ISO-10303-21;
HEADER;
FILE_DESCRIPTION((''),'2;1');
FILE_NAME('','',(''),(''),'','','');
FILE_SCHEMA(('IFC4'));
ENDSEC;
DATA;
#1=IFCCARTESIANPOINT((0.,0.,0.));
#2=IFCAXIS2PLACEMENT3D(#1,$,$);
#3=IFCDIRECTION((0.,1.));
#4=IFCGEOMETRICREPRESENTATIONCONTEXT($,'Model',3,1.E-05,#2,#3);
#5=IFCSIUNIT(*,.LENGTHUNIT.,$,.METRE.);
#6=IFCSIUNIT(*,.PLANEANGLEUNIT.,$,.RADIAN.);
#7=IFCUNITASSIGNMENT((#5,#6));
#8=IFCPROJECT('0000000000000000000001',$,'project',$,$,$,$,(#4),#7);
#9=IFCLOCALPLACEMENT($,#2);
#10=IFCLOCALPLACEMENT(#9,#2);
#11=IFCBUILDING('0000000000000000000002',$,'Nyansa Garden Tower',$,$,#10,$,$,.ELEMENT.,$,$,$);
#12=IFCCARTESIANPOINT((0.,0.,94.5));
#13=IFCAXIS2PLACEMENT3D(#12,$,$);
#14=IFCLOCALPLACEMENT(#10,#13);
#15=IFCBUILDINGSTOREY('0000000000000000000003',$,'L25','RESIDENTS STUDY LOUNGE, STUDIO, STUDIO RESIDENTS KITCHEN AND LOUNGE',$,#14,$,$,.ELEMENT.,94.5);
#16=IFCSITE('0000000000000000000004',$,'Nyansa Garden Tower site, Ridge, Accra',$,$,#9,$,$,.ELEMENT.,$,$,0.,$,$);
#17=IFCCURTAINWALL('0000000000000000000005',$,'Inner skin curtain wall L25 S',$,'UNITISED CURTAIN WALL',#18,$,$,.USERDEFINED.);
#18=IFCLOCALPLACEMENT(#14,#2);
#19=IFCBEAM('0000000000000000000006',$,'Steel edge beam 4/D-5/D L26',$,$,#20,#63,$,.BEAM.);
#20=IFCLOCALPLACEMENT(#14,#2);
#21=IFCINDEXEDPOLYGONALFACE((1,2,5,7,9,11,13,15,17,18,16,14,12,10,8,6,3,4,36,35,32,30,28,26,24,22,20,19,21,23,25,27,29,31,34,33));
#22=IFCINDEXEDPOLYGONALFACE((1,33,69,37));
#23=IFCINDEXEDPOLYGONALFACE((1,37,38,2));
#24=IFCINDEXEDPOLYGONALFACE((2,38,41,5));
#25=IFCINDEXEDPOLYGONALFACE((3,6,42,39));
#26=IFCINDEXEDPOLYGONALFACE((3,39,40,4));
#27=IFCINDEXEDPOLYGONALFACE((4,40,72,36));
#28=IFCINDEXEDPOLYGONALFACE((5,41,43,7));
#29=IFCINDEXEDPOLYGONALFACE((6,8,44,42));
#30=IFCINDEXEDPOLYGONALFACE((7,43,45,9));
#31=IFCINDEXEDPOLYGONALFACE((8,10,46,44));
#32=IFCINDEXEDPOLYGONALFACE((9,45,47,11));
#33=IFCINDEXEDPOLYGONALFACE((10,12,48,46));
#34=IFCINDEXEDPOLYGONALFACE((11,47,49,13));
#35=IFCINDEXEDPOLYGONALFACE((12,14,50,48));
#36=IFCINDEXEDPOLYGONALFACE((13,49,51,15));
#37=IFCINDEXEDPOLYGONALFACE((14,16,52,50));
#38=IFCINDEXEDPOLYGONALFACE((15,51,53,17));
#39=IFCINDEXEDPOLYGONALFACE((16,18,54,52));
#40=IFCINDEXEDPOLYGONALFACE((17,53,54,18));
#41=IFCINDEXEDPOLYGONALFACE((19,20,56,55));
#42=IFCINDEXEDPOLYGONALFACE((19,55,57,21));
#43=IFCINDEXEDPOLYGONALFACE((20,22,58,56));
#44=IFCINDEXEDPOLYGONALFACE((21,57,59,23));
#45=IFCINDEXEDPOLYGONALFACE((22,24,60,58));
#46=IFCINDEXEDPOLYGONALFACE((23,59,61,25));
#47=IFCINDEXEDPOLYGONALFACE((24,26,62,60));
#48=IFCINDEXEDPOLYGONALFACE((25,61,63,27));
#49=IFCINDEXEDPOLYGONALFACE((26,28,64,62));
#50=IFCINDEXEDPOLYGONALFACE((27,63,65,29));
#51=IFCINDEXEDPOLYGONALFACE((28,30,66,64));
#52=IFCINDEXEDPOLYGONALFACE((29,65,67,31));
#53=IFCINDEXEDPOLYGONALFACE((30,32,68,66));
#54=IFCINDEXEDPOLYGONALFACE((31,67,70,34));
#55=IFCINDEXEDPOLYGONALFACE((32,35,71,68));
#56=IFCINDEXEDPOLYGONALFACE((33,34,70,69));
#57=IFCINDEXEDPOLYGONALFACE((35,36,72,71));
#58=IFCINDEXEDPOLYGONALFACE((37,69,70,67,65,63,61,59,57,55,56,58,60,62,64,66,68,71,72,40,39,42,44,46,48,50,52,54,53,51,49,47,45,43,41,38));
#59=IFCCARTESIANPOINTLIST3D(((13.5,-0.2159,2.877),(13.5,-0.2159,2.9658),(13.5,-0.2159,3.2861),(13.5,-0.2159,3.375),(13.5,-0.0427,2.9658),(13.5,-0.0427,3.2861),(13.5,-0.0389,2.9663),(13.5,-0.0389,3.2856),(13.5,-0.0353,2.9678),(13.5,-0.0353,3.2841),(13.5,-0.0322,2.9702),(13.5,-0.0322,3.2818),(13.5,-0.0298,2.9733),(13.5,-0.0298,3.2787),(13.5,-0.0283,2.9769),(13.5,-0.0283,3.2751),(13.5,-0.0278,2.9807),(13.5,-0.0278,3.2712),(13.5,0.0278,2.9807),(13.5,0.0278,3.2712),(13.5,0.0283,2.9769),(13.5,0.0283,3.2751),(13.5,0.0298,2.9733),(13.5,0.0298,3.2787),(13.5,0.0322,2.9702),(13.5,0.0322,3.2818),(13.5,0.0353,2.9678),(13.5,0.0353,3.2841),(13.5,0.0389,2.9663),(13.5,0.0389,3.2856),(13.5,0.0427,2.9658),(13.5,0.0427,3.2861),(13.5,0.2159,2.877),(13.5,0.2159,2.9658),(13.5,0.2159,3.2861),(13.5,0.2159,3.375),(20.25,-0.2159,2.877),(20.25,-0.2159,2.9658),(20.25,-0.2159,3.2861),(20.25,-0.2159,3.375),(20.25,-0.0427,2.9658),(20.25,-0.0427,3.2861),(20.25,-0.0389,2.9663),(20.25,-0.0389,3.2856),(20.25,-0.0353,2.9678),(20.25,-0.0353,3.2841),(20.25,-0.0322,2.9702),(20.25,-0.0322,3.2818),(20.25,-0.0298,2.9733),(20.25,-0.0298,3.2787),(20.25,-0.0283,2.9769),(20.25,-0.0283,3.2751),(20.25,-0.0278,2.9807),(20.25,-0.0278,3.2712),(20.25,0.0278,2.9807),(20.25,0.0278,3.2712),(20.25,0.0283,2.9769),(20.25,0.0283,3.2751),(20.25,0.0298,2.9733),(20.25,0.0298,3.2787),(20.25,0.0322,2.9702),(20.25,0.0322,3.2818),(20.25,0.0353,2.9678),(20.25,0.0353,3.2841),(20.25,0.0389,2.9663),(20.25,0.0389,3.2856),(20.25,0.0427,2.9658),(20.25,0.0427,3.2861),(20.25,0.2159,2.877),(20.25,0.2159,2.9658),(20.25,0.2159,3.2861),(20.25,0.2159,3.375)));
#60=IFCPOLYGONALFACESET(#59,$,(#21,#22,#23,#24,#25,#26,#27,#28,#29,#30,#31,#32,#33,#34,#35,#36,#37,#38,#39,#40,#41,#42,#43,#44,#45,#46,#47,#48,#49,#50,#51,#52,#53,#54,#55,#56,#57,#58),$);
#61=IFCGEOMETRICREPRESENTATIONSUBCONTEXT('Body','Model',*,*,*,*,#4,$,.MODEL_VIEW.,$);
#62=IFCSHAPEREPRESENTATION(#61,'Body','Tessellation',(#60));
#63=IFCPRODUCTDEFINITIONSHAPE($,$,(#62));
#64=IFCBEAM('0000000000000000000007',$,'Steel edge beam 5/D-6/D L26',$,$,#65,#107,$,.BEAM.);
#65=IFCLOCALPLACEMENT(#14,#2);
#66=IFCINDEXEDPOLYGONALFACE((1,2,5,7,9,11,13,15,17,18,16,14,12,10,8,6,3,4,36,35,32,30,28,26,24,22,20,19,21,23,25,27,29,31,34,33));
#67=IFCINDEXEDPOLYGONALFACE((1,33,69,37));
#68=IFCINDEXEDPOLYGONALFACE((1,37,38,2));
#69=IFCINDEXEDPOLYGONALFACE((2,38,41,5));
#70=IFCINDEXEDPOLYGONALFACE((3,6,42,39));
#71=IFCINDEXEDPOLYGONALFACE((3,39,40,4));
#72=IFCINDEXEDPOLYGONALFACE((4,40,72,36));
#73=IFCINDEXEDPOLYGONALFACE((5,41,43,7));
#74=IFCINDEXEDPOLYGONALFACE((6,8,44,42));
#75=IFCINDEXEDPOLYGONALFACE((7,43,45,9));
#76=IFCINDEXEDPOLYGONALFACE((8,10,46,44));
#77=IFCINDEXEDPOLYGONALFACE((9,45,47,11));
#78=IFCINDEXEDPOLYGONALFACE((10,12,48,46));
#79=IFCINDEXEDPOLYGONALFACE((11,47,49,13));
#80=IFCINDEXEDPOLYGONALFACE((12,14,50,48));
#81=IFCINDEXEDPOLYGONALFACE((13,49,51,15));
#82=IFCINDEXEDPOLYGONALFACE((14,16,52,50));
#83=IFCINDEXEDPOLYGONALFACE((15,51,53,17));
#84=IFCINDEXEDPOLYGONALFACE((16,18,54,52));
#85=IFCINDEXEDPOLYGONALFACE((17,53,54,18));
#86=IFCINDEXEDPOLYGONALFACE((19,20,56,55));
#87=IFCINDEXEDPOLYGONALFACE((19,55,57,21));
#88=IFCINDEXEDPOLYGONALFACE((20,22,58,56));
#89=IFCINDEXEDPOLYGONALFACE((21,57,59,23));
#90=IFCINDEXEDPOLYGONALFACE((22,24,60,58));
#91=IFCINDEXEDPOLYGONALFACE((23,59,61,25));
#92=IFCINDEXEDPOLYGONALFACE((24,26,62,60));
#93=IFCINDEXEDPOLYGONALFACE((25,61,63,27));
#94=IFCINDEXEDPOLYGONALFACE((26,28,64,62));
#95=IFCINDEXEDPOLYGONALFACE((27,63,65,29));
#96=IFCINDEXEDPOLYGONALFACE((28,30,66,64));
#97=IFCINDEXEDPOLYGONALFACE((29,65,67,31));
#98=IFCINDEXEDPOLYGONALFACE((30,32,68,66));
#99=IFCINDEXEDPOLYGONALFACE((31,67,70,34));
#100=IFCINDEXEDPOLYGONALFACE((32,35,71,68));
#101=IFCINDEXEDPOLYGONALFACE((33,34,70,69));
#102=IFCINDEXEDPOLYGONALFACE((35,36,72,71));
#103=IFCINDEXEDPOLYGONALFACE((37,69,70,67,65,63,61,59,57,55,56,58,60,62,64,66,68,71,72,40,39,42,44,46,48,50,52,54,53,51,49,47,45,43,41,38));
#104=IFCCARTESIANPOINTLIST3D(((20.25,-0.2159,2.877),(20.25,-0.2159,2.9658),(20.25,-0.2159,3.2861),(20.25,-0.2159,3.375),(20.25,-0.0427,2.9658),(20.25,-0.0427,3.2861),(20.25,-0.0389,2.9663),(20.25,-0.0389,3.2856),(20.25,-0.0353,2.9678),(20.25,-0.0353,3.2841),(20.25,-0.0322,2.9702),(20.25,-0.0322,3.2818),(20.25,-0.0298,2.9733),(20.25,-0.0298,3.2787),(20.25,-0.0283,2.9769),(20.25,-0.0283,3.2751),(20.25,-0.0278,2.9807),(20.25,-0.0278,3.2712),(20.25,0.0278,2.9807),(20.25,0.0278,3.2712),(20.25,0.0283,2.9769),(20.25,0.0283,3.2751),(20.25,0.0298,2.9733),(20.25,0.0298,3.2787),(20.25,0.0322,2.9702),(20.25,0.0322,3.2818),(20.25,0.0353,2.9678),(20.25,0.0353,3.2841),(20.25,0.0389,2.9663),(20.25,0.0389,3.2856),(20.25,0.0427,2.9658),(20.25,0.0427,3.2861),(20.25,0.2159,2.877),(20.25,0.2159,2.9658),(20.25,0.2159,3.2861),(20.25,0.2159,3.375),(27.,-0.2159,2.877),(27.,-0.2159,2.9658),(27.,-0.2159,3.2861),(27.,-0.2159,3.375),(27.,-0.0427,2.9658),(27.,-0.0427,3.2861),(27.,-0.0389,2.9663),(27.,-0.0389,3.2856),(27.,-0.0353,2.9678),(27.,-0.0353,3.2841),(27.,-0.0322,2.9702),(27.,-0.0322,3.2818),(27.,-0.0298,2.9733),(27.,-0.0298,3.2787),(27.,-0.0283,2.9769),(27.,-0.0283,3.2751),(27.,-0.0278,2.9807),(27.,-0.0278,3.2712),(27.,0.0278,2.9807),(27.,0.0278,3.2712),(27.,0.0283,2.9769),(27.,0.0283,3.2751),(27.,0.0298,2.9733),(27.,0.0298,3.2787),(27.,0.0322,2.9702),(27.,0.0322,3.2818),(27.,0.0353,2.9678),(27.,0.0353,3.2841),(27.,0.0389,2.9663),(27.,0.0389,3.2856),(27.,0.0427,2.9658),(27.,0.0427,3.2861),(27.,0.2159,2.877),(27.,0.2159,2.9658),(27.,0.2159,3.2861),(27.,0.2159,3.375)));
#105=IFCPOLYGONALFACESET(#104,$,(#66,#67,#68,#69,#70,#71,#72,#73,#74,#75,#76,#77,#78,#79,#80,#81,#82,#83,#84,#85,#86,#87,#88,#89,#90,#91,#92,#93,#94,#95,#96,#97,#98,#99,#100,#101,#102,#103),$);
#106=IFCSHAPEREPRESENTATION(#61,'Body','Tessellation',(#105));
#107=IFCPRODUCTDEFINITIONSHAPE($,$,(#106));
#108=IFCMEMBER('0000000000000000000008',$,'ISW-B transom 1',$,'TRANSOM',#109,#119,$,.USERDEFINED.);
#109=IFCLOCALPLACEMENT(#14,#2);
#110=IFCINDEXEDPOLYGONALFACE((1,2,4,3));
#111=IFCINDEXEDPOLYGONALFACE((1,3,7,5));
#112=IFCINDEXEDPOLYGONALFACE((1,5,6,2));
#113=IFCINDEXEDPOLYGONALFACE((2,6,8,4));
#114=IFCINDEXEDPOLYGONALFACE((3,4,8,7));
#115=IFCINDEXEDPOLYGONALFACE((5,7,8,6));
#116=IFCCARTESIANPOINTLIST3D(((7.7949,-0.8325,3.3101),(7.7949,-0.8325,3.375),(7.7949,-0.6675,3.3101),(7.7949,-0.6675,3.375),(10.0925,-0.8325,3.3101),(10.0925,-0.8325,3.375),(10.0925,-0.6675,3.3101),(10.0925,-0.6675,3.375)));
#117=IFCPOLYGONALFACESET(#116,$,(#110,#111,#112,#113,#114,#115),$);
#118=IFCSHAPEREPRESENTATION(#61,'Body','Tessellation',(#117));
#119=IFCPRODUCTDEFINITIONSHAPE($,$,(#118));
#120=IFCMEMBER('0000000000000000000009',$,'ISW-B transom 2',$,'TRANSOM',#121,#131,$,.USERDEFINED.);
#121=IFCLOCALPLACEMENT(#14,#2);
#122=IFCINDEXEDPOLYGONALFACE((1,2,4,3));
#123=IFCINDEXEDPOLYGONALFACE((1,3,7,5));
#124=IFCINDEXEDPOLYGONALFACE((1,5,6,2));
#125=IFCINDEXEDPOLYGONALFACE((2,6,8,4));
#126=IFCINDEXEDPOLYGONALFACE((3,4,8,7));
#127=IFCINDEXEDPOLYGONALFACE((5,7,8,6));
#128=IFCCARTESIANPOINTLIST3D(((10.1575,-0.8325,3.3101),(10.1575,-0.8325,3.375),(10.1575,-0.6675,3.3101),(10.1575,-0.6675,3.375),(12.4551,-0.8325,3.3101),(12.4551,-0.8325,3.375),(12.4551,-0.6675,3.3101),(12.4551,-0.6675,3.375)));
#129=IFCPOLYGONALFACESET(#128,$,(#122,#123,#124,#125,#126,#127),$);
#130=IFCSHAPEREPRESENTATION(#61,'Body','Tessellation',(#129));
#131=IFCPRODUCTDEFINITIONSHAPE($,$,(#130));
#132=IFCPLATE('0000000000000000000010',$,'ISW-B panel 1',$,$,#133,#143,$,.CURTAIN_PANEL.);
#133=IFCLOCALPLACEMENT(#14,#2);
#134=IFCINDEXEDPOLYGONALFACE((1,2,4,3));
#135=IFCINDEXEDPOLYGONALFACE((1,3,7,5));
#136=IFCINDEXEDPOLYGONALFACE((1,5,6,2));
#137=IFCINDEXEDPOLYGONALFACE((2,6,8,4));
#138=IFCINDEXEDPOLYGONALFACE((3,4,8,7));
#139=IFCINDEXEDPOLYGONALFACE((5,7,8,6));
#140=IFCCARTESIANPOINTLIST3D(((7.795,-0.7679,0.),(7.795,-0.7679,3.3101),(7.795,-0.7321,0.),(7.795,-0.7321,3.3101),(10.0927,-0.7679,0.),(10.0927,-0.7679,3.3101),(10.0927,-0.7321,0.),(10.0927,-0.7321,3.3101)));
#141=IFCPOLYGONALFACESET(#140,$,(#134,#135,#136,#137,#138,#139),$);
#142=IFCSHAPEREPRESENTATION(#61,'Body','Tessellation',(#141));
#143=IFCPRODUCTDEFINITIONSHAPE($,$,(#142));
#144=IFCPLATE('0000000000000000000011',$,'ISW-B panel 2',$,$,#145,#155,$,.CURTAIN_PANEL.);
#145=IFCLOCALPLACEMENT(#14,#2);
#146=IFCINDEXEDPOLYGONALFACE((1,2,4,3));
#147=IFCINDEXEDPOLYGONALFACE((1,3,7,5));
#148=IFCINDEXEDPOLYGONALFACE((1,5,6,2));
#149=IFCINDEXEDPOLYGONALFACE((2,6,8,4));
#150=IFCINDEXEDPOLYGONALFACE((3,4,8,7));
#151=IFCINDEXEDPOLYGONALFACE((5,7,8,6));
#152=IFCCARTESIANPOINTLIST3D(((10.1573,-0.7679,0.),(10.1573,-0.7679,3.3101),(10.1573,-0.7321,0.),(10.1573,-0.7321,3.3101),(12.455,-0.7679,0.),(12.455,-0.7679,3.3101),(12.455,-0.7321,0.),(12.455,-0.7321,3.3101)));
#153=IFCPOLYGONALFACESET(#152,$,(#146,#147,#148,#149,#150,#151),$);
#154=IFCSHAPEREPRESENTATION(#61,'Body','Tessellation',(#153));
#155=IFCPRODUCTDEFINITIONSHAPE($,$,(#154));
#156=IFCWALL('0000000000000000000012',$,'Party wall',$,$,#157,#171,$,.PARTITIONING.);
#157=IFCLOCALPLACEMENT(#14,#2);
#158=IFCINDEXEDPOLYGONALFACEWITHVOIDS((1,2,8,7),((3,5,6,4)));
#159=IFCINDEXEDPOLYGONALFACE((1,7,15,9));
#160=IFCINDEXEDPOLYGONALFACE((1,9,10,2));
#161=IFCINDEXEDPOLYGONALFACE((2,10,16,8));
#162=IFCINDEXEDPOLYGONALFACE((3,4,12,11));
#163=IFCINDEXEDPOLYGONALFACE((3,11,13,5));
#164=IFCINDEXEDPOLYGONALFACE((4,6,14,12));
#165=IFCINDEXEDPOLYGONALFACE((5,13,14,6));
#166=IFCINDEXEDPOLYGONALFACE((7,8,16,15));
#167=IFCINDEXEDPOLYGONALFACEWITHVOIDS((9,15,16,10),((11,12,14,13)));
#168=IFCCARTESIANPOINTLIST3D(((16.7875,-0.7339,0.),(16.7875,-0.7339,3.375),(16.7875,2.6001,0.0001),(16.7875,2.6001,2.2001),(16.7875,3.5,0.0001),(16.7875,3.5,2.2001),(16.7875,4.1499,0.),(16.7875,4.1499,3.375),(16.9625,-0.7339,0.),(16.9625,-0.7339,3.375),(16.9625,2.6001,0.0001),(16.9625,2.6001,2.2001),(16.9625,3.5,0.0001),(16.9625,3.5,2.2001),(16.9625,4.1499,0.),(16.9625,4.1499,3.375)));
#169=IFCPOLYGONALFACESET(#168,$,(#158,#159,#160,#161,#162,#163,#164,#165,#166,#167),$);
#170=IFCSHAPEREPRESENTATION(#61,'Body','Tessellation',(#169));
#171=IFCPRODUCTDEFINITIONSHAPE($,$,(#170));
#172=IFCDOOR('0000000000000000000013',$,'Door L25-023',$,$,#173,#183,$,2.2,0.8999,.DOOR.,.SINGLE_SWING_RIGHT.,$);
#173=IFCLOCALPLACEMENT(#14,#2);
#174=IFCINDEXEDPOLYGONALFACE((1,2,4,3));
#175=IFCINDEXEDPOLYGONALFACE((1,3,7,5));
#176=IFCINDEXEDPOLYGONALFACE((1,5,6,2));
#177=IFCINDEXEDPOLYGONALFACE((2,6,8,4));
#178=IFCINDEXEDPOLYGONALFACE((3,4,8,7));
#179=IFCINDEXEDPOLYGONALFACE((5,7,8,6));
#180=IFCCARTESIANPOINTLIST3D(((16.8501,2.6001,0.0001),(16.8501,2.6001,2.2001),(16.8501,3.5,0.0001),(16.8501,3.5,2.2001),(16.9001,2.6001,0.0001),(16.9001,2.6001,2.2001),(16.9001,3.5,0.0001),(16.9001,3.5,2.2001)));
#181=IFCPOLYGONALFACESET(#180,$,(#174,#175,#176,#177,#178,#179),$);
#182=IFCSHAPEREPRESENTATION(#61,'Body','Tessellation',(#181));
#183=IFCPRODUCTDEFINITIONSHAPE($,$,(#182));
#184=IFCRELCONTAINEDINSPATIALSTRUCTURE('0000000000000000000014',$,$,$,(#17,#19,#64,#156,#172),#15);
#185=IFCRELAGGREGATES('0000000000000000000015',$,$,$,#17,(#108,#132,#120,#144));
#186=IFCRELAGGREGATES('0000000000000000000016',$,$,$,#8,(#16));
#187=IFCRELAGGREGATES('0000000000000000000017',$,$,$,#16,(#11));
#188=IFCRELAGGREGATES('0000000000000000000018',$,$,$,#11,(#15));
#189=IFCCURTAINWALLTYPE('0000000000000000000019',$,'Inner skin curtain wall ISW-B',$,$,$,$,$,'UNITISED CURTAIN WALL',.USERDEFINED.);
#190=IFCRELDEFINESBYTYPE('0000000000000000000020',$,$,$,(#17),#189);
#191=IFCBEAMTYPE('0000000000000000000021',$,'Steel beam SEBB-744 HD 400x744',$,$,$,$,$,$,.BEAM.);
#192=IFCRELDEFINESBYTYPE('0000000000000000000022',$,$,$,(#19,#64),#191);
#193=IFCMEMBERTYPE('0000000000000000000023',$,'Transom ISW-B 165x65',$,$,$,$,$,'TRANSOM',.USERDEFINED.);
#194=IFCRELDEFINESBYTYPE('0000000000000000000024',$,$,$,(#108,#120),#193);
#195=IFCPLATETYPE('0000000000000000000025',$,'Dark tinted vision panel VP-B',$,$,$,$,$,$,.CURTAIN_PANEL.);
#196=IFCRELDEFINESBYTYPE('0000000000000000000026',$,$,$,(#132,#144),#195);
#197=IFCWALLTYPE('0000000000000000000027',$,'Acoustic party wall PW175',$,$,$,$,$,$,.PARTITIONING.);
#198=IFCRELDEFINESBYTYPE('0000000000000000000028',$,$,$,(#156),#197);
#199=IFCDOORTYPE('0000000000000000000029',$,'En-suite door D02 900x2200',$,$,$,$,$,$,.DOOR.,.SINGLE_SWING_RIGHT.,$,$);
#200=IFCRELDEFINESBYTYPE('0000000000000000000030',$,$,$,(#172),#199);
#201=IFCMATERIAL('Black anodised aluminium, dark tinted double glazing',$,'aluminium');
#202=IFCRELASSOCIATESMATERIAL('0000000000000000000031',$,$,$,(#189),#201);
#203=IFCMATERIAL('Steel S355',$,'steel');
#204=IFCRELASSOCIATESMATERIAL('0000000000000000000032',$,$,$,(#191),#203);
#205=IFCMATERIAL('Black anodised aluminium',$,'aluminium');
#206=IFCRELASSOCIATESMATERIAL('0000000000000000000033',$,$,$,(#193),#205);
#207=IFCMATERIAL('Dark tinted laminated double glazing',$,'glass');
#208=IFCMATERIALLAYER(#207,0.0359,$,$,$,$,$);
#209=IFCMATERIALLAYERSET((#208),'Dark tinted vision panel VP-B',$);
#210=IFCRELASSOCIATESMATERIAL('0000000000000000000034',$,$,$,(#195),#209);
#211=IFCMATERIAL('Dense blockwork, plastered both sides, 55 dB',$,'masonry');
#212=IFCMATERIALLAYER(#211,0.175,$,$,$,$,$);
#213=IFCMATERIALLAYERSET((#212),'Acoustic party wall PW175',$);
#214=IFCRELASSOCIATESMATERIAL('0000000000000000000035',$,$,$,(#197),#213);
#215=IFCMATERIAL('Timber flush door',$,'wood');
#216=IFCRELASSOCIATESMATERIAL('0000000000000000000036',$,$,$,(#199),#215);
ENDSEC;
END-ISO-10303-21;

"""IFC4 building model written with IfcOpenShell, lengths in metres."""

from ifc_helpers import new_model, si_unit, direction, frame, frame_2d, origin, origin_2d, place, context, subcontext, project, spatial, rectangle, i_section, extrude, material, layer, layer_set, material_profile, profile_set, type_object, element, fill, aggregate, save


model = new_model("IFC4")

# Units and contexts
model_context = context("Model", 3, precision=1e-05, world=origin(), true_north=direction((0.0, 1.0)))
body_context = subcontext(model_context, "Body", "Model", "MODEL_VIEW")
ifc_project = project(units=[si_unit("LENGTHUNIT", "METRE"), si_unit("PLANEANGLEUNIT", "RADIAN")], contexts=[model_context])

# Site, building, storey
site_placement = place(None, origin())
site = spatial("IfcSite", under=ifc_project, at=site_placement, Name="Nyansa Garden Tower site, Ridge, Accra", CompositionType="ELEMENT", RefElevation=0.0)
building_placement = place(site_placement, origin())
building = spatial("IfcBuilding", under=site, at=building_placement, Name="Nyansa Garden Tower", CompositionType="ELEMENT")
storey_placement = place(building_placement, frame((0.0, 0.0, 94.5)))
storey = spatial("IfcBuildingStorey", under=building, at=storey_placement, Name="L25", Description="RESIDENTS STUDY LOUNGE, STUDIO, STUDIO RESIDENTS KITCHEN AND LOUNGE", CompositionType="ELEMENT", Elevation=94.5)

# Curtain wall
ifc_material_1 = material(Name="Black anodised aluminium, dark tinted double glazing", Category="aluminium")
curtain_wall_type = type_object("IfcCurtainWallType", Name="Inner skin curtain wall ISW-B", ElementType="UNITISED CURTAIN WALL", PredefinedType="USERDEFINED", material=ifc_material_1)
curtain_wall_placement = place(storey_placement, origin())
curtain_wall = element("IfcCurtainWall", 1, at=curtain_wall_placement, inside=storey, type_object=curtain_wall_type, Name="Inner skin curtain wall L25 S", ObjectType="UNITISED CURTAIN WALL", PredefinedType="USERDEFINED")

# Beams
ifc_material_2 = material(Name="Steel S355", Category="steel")
ifc_material_profile_1 = material_profile(ifc_material_2, i_section(OverallWidth=0.4319, OverallDepth=0.498, WebThickness=0.0557, FlangeThickness=0.0889, FilletRadius=0.0149, at=origin_2d()), Name="HD 400x744")
ifc_profile_set_1 = profile_set([ifc_material_profile_1], Name="Steel S355")
beam_type_1 = type_object("IfcBeamType", Name="Steel beam SEBB-744 HD 400x744", PredefinedType="BEAM", material=ifc_profile_set_1)
for number, where, z_axis, x_axis, name in (
    (2, (13.5, 0.0, 3.126), (1.0, 0.0, 0.0), (0.0, 1.0, 0.0), "Steel edge beam 4/D-5/D L26"),
    (3, (20.25, 0.0, 3.126), (1.0, 0.0, 0.0), (0.0, 1.0, 0.0), "Steel edge beam 5/D-6/D L26"),
):
    element("IfcBeam", number, at=place(storey_placement, frame(where, z_axis=z_axis, x_axis=x_axis)), inside=storey, type_object=beam_type_1, Name=name, PredefinedType="BEAM", context=body_context, shape_type="SweptSolid", body=[
        extrude(i_section(OverallWidth=0.4319, OverallDepth=0.498, WebThickness=0.0557, FlangeThickness=0.0889, FilletRadius=0.0149, at=origin_2d()), origin(), (0.0, 0.0, 1.0), 6.75),
    ])

# Members
ifc_material_3 = material(Name="Black anodised aluminium", Category="aluminium")
ifc_material_profile_2 = material_profile(ifc_material_3, rectangle(XDim=0.165, YDim=0.0649, at=origin_2d()), Name="Transom 165x65")
ifc_profile_set_2 = profile_set([ifc_material_profile_2], Name="Black anodised aluminium")
member_type_1 = type_object("IfcMemberType", Name="Transom ISW-B 165x65", ElementType="TRANSOM", PredefinedType="USERDEFINED", material=ifc_profile_set_2)
member_1_placement = place(storey_placement, frame((7.7949, -0.75, 3.3425), z_axis=(1.0, 0.0, 0.0), x_axis=(0.0, 1.0, 0.0)))
member_1 = element("IfcMember", 4, at=member_1_placement, type_object=member_type_1, Name="ISW-B transom 1", ObjectType="TRANSOM", PredefinedType="USERDEFINED", context=body_context, shape_type="SweptSolid", body=[
    extrude(rectangle(XDim=0.165, YDim=0.0649, at=origin_2d()), origin(), (0.0, 0.0, 1.0), 2.2976),
])
member_2_placement = place(storey_placement, frame((10.1575, -0.75, 3.3425), z_axis=(1.0, 0.0, 0.0), x_axis=(0.0, 1.0, 0.0)))
member_2 = element("IfcMember", 5, at=member_2_placement, type_object=member_type_1, Name="ISW-B transom 2", ObjectType="TRANSOM", PredefinedType="USERDEFINED", context=body_context, shape_type="SweptSolid", body=[
    extrude(rectangle(XDim=0.165, YDim=0.0649, at=origin_2d()), origin(), (0.0, 0.0, 1.0), 2.2976),
])

# Plates
ifc_material_4 = material(Name="Dark tinted laminated double glazing", Category="glass")
ifc_layer_1 = layer(ifc_material_4, 0.0359)
ifc_layer_set_1 = layer_set([ifc_layer_1], Name="Dark tinted vision panel VP-B")
plate_type = type_object("IfcPlateType", Name="Dark tinted vision panel VP-B", PredefinedType="CURTAIN_PANEL", material=ifc_layer_set_1)
plate_1_placement = place(storey_placement, frame((8.9438, -0.75, 0.0), z_axis=(0.0, 0.0, 1.0), x_axis=(1.0, 0.0, 0.0)))
plate_1 = element("IfcPlate", 6, at=plate_1_placement, type_object=plate_type, Name="ISW-B panel 1", PredefinedType="CURTAIN_PANEL", context=body_context, shape_type="SweptSolid", body=[
    extrude(rectangle(XDim=2.2976, YDim=0.0359, at=origin_2d()), origin(), (0.0, 0.0, 1.0), 3.3101),
])
plate_2_placement = place(storey_placement, frame((11.3062, -0.75, 0.0), z_axis=(0.0, 0.0, 1.0), x_axis=(1.0, 0.0, 0.0)))
plate_2 = element("IfcPlate", 7, at=plate_2_placement, type_object=plate_type, Name="ISW-B panel 2", PredefinedType="CURTAIN_PANEL", context=body_context, shape_type="SweptSolid", body=[
    extrude(rectangle(XDim=2.2976, YDim=0.0359, at=origin_2d()), origin(), (0.0, 0.0, 1.0), 3.3101),
])
aggregate(curtain_wall, [member_1, plate_1, member_2, plate_2])

# Wall, opening, door
ifc_material_5 = material(Name="Dense blockwork, plastered both sides, 55 dB", Category="masonry")
ifc_layer_2 = layer(ifc_material_5, 0.175)
ifc_layer_set_2 = layer_set([ifc_layer_2], Name="Acoustic party wall PW175")
wall_type_1 = type_object("IfcWallType", Name="Acoustic party wall PW175", PredefinedType="PARTITIONING", material=ifc_layer_set_2)
wall_1_placement = place(storey_placement, frame((16.875, -0.7339, 0.0), z_axis=(0.0, 0.0, 1.0), x_axis=(0.0, 1.0, 0.0)))
wall_1 = element("IfcWall", 8, at=wall_1_placement, inside=storey, type_object=wall_type_1, Name="Party wall", PredefinedType="PARTITIONING", context=body_context, shape_type="SweptSolid", body=[
    extrude(rectangle(XDim=4.8838, YDim=0.175, at=frame_2d((2.4419, 0.0))), origin(), (0.0, 0.0, 1.0), 3.375),
])
opening_1_placement = place(wall_1_placement, frame((3.334, 0.0, 0.0)))
opening_1 = element("IfcOpeningElement", 9, at=opening_1_placement, cuts=wall_1, PredefinedType="OPENING", context=body_context, shape_type="SweptSolid", body=[
    extrude(rectangle(XDim=0.8999, YDim=2.2, at=frame_2d((0.45, 1.1001))), frame((0.0, 0.0974, 0.0), z_axis=(0.0, -1.0, 0.0), x_axis=(1.0, 0.0, 0.0)), (0.0, 0.0, 1.0), 0.1951),
])
ifc_material_6 = material(Name="Timber flush door", Category="wood")
door_type_1 = type_object("IfcDoorType", Name="En-suite door D02 900x2200", OperationType="SINGLE_SWING_RIGHT", PredefinedType="DOOR", material=ifc_material_6)
door_1_placement = place(opening_1_placement, origin())
door_1 = element("IfcDoor", 10, at=door_1_placement, inside=storey, type_object=door_type_1, Name="Door L25-023", OperationType="SINGLE_SWING_RIGHT", OverallHeight=2.2, OverallWidth=0.8999, PredefinedType="DOOR", context=body_context, shape_type="SweptSolid", body=[
    extrude(rectangle(XDim=0.8999, YDim=2.2, at=frame_2d((0.45, 1.1001))), frame((0.0, 0.0249, 0.0), z_axis=(0.0, -1.0, 0.0), x_axis=(1.0, 0.0, 0.0)), (0.0, 0.0, 1.0), 0.05),
])
fill(opening_1, door_1)

save(model, "model.ifc")
